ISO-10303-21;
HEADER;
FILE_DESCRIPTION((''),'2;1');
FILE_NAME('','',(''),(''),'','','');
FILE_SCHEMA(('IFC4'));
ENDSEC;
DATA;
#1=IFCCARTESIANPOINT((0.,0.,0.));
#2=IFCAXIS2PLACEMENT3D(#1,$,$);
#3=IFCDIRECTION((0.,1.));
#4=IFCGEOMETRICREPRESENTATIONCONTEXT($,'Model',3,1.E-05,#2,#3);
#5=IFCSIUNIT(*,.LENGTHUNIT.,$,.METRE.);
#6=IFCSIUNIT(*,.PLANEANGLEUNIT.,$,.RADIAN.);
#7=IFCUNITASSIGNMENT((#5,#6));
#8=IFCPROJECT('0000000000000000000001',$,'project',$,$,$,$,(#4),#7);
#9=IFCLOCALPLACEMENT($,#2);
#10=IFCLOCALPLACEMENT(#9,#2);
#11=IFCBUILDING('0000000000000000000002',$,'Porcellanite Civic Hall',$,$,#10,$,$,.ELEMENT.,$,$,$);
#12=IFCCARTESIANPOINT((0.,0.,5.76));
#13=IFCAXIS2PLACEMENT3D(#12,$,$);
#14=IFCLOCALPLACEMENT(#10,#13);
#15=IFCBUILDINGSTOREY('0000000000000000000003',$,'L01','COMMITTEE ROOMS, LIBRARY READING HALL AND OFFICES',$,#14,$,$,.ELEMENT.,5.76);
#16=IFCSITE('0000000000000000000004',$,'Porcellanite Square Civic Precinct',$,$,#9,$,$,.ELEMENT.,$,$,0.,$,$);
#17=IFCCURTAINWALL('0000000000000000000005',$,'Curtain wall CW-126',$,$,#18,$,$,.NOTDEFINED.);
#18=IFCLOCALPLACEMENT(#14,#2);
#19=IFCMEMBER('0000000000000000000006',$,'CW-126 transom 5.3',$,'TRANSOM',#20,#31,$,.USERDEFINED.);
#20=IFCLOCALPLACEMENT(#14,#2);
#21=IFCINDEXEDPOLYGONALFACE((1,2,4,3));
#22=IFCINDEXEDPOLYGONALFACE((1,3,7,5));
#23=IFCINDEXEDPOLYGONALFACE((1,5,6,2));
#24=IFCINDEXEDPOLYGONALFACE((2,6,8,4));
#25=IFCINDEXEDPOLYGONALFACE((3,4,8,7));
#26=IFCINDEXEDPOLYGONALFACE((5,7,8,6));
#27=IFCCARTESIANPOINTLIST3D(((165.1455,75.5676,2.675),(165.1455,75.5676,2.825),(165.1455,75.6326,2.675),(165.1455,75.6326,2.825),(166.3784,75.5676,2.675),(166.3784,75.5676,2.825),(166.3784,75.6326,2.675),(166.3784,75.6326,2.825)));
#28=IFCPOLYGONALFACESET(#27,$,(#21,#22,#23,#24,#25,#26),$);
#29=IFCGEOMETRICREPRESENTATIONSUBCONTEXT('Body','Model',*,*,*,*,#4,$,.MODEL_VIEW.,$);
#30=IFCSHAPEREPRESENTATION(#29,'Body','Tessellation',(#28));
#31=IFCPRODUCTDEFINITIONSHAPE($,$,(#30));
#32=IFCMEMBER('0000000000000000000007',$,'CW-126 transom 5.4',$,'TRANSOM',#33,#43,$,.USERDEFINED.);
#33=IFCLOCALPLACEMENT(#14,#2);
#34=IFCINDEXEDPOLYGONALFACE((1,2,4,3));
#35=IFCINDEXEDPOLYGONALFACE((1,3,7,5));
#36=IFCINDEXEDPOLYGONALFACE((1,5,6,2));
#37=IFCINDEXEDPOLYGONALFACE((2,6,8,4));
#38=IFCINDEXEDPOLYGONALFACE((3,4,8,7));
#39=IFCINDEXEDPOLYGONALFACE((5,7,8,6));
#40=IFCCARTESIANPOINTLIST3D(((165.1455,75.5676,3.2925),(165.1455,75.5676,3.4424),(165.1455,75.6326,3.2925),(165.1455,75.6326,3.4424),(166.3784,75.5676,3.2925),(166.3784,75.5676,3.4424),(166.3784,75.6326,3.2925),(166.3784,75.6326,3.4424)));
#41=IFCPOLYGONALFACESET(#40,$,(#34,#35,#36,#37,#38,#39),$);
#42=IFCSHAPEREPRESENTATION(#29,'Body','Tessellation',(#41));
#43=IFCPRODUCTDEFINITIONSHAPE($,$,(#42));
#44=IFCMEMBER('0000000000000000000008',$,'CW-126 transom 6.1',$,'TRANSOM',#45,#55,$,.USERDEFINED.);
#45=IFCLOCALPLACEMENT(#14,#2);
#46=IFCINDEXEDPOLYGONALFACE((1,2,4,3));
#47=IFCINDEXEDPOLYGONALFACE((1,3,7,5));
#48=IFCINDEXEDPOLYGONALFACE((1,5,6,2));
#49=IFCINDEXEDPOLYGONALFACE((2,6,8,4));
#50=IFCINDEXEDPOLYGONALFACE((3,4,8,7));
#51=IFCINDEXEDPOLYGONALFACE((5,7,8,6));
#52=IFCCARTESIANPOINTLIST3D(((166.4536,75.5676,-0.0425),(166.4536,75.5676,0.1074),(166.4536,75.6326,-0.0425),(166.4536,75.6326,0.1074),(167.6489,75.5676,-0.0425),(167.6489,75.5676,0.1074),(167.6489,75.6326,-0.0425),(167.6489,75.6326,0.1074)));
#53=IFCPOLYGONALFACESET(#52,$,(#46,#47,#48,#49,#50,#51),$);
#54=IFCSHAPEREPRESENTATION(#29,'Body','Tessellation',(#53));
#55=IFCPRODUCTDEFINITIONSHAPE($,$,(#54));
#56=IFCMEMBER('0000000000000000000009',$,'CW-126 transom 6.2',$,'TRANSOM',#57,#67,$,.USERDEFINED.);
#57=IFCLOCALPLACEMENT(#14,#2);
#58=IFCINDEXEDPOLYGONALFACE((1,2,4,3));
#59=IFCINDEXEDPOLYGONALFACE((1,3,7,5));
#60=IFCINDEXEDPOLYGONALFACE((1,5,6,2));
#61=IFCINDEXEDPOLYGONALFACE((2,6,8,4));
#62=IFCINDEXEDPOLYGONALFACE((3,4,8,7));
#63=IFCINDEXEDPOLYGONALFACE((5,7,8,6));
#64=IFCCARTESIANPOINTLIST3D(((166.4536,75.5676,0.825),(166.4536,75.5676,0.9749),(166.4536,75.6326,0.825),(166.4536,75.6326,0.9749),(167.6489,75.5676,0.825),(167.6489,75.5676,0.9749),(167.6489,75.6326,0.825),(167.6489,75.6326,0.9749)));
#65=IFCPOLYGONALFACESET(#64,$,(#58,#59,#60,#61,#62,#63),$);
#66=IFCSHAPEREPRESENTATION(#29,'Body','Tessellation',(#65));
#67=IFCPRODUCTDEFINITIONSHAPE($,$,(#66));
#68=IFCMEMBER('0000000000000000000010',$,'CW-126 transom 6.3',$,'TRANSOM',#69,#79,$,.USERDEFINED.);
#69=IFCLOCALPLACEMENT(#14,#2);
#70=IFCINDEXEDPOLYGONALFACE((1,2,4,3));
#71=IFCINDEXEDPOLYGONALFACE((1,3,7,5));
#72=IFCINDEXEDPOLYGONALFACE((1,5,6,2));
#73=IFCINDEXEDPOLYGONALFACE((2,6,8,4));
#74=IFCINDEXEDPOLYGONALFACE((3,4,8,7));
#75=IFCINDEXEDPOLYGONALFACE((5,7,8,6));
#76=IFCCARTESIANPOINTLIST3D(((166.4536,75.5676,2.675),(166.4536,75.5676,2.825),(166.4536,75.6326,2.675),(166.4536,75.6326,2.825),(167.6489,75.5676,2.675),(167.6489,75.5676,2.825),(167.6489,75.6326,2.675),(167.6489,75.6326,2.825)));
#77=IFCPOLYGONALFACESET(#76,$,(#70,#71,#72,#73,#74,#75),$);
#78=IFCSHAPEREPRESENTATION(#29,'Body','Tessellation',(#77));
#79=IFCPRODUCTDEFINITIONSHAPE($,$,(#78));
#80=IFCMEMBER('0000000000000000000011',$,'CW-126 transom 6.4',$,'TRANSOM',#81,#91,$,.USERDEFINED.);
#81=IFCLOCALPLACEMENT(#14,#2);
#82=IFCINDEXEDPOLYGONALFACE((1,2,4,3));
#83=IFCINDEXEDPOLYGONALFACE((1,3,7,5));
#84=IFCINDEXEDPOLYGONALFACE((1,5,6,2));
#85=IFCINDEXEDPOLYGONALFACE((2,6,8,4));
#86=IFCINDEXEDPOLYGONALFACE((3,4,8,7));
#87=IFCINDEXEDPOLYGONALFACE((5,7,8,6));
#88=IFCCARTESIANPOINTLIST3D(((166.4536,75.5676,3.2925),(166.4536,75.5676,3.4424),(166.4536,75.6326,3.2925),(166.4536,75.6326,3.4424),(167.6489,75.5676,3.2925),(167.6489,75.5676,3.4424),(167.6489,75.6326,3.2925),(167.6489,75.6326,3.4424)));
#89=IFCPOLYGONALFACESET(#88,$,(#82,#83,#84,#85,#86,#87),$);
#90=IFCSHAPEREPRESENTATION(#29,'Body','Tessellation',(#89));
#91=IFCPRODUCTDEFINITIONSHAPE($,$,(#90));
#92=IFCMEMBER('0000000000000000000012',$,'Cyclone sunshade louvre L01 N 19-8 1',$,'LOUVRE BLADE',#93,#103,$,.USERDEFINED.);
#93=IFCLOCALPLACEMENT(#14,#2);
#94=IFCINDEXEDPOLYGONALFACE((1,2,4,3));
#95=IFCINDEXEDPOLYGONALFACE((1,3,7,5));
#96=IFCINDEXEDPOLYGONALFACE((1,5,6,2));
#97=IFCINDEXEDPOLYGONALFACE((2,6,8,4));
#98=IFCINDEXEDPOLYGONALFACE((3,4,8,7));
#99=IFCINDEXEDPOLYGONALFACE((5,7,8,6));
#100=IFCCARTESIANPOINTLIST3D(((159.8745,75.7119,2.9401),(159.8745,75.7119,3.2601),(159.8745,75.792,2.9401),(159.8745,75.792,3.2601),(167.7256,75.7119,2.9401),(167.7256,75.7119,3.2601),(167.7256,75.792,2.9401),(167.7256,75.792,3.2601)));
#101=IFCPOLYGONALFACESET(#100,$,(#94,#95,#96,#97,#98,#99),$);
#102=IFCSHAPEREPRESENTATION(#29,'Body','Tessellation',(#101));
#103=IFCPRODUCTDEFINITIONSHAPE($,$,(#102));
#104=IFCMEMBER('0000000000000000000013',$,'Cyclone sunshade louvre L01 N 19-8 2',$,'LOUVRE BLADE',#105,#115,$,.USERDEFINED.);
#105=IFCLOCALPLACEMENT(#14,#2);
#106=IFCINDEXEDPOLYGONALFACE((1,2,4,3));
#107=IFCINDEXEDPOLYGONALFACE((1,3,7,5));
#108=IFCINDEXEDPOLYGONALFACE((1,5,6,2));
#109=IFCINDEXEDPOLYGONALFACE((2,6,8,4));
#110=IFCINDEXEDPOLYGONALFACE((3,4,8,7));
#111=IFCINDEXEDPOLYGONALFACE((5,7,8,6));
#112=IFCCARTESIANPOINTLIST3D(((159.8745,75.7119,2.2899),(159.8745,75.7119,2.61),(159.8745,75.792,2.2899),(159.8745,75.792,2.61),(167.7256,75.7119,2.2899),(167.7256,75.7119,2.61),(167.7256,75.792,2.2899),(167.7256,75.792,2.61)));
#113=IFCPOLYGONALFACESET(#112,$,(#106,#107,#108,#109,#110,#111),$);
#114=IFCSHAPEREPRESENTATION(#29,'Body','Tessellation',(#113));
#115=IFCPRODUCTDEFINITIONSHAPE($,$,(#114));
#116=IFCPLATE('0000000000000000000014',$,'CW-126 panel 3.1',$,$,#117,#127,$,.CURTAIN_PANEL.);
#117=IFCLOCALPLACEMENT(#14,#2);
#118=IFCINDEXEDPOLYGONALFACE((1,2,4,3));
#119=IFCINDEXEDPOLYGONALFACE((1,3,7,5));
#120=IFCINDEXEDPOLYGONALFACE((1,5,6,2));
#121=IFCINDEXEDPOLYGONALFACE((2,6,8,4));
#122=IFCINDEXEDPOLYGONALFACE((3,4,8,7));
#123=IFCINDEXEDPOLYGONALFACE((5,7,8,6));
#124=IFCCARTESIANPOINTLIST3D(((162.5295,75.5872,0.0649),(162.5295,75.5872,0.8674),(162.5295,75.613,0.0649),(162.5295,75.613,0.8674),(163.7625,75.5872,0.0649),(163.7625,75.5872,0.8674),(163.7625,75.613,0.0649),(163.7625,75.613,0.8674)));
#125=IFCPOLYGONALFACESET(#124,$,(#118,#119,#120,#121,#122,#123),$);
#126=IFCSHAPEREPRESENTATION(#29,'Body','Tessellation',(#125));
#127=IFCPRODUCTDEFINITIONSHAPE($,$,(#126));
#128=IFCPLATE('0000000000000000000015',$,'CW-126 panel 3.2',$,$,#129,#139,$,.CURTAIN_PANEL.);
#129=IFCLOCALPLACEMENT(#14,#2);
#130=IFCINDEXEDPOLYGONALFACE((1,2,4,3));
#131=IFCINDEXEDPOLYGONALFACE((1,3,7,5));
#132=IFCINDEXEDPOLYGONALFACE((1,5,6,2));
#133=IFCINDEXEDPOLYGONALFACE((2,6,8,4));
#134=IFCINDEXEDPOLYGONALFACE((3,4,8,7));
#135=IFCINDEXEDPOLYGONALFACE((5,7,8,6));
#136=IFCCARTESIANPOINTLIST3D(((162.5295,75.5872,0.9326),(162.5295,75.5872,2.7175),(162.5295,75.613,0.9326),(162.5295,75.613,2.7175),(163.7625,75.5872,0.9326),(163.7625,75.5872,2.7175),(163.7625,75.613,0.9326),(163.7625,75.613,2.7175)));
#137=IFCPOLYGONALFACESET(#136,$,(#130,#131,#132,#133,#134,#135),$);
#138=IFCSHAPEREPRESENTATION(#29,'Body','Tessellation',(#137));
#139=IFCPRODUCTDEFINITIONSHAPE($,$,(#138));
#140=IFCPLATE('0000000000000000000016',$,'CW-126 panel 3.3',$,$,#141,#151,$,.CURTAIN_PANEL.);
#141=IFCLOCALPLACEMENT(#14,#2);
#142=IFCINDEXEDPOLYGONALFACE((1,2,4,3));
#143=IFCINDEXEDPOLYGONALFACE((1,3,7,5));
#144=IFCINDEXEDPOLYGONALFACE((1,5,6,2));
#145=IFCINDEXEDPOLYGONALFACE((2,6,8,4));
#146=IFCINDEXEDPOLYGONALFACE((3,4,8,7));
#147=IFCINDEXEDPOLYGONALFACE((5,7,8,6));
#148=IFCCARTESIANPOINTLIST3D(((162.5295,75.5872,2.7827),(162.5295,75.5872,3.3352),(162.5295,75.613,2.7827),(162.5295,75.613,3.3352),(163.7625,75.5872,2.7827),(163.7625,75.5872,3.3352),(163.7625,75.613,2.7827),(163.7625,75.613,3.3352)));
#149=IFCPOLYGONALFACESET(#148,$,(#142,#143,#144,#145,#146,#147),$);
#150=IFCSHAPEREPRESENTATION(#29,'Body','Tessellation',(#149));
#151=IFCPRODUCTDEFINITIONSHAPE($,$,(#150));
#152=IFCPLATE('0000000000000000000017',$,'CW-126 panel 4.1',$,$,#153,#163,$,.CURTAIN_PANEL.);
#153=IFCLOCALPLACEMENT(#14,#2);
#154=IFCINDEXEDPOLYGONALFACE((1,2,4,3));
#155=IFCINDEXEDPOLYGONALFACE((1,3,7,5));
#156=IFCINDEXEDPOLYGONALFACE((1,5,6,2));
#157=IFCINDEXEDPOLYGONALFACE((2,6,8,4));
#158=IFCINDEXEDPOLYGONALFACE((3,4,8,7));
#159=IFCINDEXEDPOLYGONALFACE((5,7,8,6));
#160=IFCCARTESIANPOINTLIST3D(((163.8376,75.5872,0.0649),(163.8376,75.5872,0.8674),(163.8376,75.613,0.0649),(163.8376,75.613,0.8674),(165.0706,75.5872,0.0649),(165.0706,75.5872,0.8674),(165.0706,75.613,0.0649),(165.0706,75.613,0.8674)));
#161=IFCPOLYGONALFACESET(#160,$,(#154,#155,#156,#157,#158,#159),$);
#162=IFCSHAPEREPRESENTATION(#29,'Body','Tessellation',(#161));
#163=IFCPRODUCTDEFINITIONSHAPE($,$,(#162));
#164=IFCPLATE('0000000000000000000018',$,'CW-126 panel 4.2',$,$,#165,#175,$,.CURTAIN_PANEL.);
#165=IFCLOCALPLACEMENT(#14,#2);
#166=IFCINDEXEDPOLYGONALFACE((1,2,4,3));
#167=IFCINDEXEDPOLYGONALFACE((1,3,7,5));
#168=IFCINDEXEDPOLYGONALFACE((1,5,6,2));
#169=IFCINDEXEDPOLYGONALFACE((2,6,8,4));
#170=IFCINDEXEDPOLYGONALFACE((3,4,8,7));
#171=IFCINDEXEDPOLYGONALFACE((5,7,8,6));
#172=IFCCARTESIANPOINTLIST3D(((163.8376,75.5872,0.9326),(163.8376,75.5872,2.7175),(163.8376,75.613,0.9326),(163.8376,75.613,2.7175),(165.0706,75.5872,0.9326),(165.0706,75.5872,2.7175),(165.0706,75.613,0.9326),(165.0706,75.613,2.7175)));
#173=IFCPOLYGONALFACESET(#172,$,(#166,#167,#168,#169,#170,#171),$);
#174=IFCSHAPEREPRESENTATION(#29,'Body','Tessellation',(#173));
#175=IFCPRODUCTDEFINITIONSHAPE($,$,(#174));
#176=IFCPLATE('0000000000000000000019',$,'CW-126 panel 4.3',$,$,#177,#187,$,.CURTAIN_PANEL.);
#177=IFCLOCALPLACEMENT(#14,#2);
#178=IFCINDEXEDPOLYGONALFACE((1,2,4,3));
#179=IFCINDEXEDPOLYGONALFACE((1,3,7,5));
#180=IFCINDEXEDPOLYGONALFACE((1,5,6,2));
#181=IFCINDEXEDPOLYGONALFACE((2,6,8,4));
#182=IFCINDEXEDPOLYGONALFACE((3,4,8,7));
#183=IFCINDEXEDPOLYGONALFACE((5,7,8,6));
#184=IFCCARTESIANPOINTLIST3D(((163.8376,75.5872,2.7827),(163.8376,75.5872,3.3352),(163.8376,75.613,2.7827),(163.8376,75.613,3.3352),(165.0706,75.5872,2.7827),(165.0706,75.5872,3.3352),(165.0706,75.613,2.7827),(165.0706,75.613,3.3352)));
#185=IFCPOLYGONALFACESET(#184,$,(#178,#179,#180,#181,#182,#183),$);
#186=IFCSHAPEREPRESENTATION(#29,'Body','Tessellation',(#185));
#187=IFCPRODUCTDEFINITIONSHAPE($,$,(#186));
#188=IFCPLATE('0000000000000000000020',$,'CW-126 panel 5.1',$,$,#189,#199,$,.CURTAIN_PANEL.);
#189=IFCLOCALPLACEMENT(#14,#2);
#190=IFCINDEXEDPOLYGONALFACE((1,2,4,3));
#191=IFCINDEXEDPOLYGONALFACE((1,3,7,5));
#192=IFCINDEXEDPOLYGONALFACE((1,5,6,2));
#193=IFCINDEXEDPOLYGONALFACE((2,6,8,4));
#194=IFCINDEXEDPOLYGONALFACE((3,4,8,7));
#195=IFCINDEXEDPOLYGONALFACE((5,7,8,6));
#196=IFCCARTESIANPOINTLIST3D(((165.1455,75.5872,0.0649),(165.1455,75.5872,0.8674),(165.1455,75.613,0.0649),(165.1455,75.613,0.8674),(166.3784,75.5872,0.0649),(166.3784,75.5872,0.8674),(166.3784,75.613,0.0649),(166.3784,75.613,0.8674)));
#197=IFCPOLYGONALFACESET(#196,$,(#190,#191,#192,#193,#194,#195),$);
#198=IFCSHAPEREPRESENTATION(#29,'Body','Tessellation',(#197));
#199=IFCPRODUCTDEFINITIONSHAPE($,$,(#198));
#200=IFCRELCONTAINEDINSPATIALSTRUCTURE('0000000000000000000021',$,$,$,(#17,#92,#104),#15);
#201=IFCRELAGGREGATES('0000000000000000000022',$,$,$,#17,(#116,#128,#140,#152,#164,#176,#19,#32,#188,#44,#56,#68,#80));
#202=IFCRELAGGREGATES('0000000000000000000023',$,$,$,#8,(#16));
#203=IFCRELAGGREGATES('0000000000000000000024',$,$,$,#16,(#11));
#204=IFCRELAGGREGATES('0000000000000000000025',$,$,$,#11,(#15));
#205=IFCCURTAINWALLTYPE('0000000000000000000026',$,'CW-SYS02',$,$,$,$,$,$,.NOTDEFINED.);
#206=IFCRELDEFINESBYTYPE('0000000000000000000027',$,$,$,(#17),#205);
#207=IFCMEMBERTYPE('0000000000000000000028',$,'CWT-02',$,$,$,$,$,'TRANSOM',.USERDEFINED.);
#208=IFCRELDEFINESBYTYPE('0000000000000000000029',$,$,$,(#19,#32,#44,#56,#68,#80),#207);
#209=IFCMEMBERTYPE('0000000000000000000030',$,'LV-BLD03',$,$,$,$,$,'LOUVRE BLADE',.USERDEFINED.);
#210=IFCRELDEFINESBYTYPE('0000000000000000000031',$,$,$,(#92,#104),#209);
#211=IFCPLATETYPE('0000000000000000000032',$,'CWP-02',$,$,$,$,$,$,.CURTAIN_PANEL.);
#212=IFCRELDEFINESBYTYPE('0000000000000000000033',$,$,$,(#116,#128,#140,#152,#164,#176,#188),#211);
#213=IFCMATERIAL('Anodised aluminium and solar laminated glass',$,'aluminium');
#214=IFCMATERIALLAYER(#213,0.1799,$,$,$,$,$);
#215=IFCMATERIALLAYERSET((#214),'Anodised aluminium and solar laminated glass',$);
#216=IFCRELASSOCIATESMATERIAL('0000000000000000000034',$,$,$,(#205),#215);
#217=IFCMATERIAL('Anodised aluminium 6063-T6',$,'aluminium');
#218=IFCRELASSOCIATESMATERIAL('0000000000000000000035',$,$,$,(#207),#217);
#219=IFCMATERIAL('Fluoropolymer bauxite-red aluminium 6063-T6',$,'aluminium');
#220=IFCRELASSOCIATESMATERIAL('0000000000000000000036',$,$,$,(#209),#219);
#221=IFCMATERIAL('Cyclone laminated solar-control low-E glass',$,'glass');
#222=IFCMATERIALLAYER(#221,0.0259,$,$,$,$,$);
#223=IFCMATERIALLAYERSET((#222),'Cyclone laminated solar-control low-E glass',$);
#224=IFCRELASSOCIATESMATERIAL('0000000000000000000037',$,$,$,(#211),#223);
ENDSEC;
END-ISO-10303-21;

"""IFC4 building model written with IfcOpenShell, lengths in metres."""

from ifc_helpers import new_model, si_unit, direction, frame, origin, origin_2d, place, context, subcontext, project, spatial, rectangle, extrude, material, layer, layer_set, material_profile, profile_set, type_object, element, aggregate, save


model = new_model("IFC4")

# Units and contexts
model_context = context("Model", 3, precision=1e-05, world=origin(), true_north=direction((0.0, 1.0)))
body_context = subcontext(model_context, "Body", "Model", "MODEL_VIEW")
ifc_project = project(units=[si_unit("LENGTHUNIT", "METRE"), si_unit("PLANEANGLEUNIT", "RADIAN")], contexts=[model_context])

# Site, building, storey
site_placement = place(None, origin())
site = spatial("IfcSite", under=ifc_project, at=site_placement, Name="Porcellanite Square Civic Precinct", CompositionType="ELEMENT", RefElevation=0.0)
building_placement = place(site_placement, origin())
building = spatial("IfcBuilding", under=site, at=building_placement, Name="Porcellanite Civic Hall", CompositionType="ELEMENT")
storey_placement = place(building_placement, frame((0.0, 0.0, 5.76)))
storey = spatial("IfcBuildingStorey", under=building, at=storey_placement, Name="L01", Description="COMMITTEE ROOMS, LIBRARY READING HALL AND OFFICES", CompositionType="ELEMENT", Elevation=5.76)

# Curtain wall, members
ifc_material_1 = material(Name="Anodised aluminium and solar laminated glass", Category="aluminium")
ifc_layer_1 = layer(ifc_material_1, 0.1799)
ifc_layer_set_1 = layer_set([ifc_layer_1], Name="Anodised aluminium and solar laminated glass")
curtain_wall_type = type_object("IfcCurtainWallType", Name="CW-SYS02", PredefinedType="NOTDEFINED", material=ifc_layer_set_1)
curtain_wall_placement = place(storey_placement, origin())
curtain_wall = element("IfcCurtainWall", 1, at=curtain_wall_placement, inside=storey, type_object=curtain_wall_type, Name="Curtain wall CW-126", PredefinedType="NOTDEFINED")
ifc_material_2 = material(Name="Anodised aluminium 6063-T6", Category="aluminium")
ifc_material_profile_1 = material_profile(ifc_material_2, rectangle(XDim=0.0649, YDim=0.1499, at=origin_2d()), Name="AL-65x150")
ifc_profile_set_1 = profile_set([ifc_material_profile_1], Name="Anodised aluminium 6063-T6")
member_type_1 = type_object("IfcMemberType", Name="CWT-02", ElementType="TRANSOM", PredefinedType="USERDEFINED", material=ifc_profile_set_1)
member_1_placement = place(storey_placement, frame((165.1455, 75.6001, 2.75), z_axis=(1.0, 0.0, 0.0), x_axis=(0.0, 1.0, 0.0)))
member_1 = element("IfcMember", 2, at=member_1_placement, type_object=member_type_1, Name="CW-126 transom 5.3", ObjectType="TRANSOM", PredefinedType="USERDEFINED", context=body_context, shape_type="SweptSolid", body=[
    extrude(rectangle(XDim=0.0649, YDim=0.1499, at=origin_2d()), origin(), (0.0, 0.0, 1.0), 1.2329),
])
member_2_placement = place(storey_placement, frame((165.1455, 75.6001, 3.3674), z_axis=(1.0, 0.0, 0.0), x_axis=(0.0, 1.0, 0.0)))
member_2 = element("IfcMember", 3, at=member_2_placement, type_object=member_type_1, Name="CW-126 transom 5.4", ObjectType="TRANSOM", PredefinedType="USERDEFINED", context=body_context, shape_type="SweptSolid", body=[
    extrude(rectangle(XDim=0.0649, YDim=0.1499, at=origin_2d()), origin(), (0.0, 0.0, 1.0), 1.2329),
])
member_3_placement = place(storey_placement, frame((166.4536, 75.6001, 0.0325), z_axis=(1.0, 0.0, 0.0), x_axis=(0.0, 1.0, 0.0)))
member_3 = element("IfcMember", 4, at=member_3_placement, type_object=member_type_1, Name="CW-126 transom 6.1", ObjectType="TRANSOM", PredefinedType="USERDEFINED", context=body_context, shape_type="SweptSolid", body=[
    extrude(rectangle(XDim=0.0649, YDim=0.1499, at=origin_2d()), origin(), (0.0, 0.0, 1.0), 1.1953),
])
member_4_placement = place(storey_placement, frame((166.4536, 75.6001, 0.8999), z_axis=(1.0, 0.0, 0.0), x_axis=(0.0, 1.0, 0.0)))
member_4 = element("IfcMember", 5, at=member_4_placement, type_object=member_type_1, Name="CW-126 transom 6.2", ObjectType="TRANSOM", PredefinedType="USERDEFINED", context=body_context, shape_type="SweptSolid", body=[
    extrude(rectangle(XDim=0.0649, YDim=0.1499, at=origin_2d()), origin(), (0.0, 0.0, 1.0), 1.1953),
])
member_5_placement = place(storey_placement, frame((166.4536, 75.6001, 2.75), z_axis=(1.0, 0.0, 0.0), x_axis=(0.0, 1.0, 0.0)))
member_5 = element("IfcMember", 6, at=member_5_placement, type_object=member_type_1, Name="CW-126 transom 6.3", ObjectType="TRANSOM", PredefinedType="USERDEFINED", context=body_context, shape_type="SweptSolid", body=[
    extrude(rectangle(XDim=0.0649, YDim=0.1499, at=origin_2d()), origin(), (0.0, 0.0, 1.0), 1.1953),
])
member_6_placement = place(storey_placement, frame((166.4536, 75.6001, 3.3674), z_axis=(1.0, 0.0, 0.0), x_axis=(0.0, 1.0, 0.0)))
member_6 = element("IfcMember", 7, at=member_6_placement, type_object=member_type_1, Name="CW-126 transom 6.4", ObjectType="TRANSOM", PredefinedType="USERDEFINED", context=body_context, shape_type="SweptSolid", body=[
    extrude(rectangle(XDim=0.0649, YDim=0.1499, at=origin_2d()), origin(), (0.0, 0.0, 1.0), 1.1953),
])

# Members
ifc_material_3 = material(Name="Fluoropolymer bauxite-red aluminium 6063-T6", Category="aluminium")
ifc_material_profile_2 = material_profile(ifc_material_3, rectangle(XDim=0.0801, YDim=0.3201, at=origin_2d()), Name="AL-80x320")
ifc_profile_set_2 = profile_set([ifc_material_profile_2], Name="Fluoropolymer bauxite-red aluminium 6063-T6")
member_type_2 = type_object("IfcMemberType", Name="LV-BLD03", ElementType="LOUVRE BLADE", PredefinedType="USERDEFINED", material=ifc_profile_set_2)
for number, where, z_axis, x_axis, name in (
    (8, (159.8745, 75.752, 3.1001), (1.0, 0.0, 0.0), (0.0, 1.0, 0.0), "Cyclone sunshade louvre L01 N 19-8 1"),
    (9, (159.8745, 75.752, 2.45), (1.0, 0.0, 0.0), (0.0, 1.0, 0.0), "Cyclone sunshade louvre L01 N 19-8 2"),
):
    element("IfcMember", number, at=place(storey_placement, frame(where, z_axis=z_axis, x_axis=x_axis)), inside=storey, type_object=member_type_2, Name=name, ObjectType="LOUVRE BLADE", PredefinedType="USERDEFINED", context=body_context, shape_type="SweptSolid", body=[
        extrude(rectangle(XDim=0.0801, YDim=0.3201, at=origin_2d()), origin(), (0.0, 0.0, 1.0), 7.8511),
    ])

# Plates
ifc_material_4 = material(Name="Cyclone laminated solar-control low-E glass", Category="glass")
ifc_layer_2 = layer(ifc_material_4, 0.0259)
ifc_layer_set_2 = layer_set([ifc_layer_2], Name="Cyclone laminated solar-control low-E glass")
plate_type = type_object("IfcPlateType", Name="CWP-02", PredefinedType="CURTAIN_PANEL", material=ifc_layer_set_2)
plate_1_placement = place(storey_placement, frame((163.146, 75.6001, 0.0649), z_axis=(0.0, 0.0, 1.0), x_axis=(1.0, 0.0, 0.0)))
plate_1 = element("IfcPlate", 10, at=plate_1_placement, type_object=plate_type, Name="CW-126 panel 3.1", PredefinedType="CURTAIN_PANEL", context=body_context, shape_type="SweptSolid", body=[
    extrude(rectangle(XDim=1.2329, YDim=0.0259, at=origin_2d()), origin(), (0.0, 0.0, 1.0), 0.8025),
])
plate_2_placement = place(storey_placement, frame((163.146, 75.6001, 0.9326), z_axis=(0.0, 0.0, 1.0), x_axis=(1.0, 0.0, 0.0)))
plate_2 = element("IfcPlate", 11, at=plate_2_placement, type_object=plate_type, Name="CW-126 panel 3.2", PredefinedType="CURTAIN_PANEL", context=body_context, shape_type="SweptSolid", body=[
    extrude(rectangle(XDim=1.2329, YDim=0.0259, at=origin_2d()), origin(), (0.0, 0.0, 1.0), 1.7849),
])
plate_3_placement = place(storey_placement, frame((163.146, 75.6001, 2.7827), z_axis=(0.0, 0.0, 1.0), x_axis=(1.0, 0.0, 0.0)))
plate_3 = element("IfcPlate", 12, at=plate_3_placement, type_object=plate_type, Name="CW-126 panel 3.3", PredefinedType="CURTAIN_PANEL", context=body_context, shape_type="SweptSolid", body=[
    extrude(rectangle(XDim=1.2329, YDim=0.0259, at=origin_2d()), origin(), (0.0, 0.0, 1.0), 0.5525),
])
plate_4_placement = place(storey_placement, frame((164.4541, 75.6001, 0.0649), z_axis=(0.0, 0.0, 1.0), x_axis=(1.0, 0.0, 0.0)))
plate_4 = element("IfcPlate", 13, at=plate_4_placement, type_object=plate_type, Name="CW-126 panel 4.1", PredefinedType="CURTAIN_PANEL", context=body_context, shape_type="SweptSolid", body=[
    extrude(rectangle(XDim=1.2329, YDim=0.0259, at=origin_2d()), origin(), (0.0, 0.0, 1.0), 0.8025),
])
plate_5_placement = place(storey_placement, frame((164.4541, 75.6001, 0.9326), z_axis=(0.0, 0.0, 1.0), x_axis=(1.0, 0.0, 0.0)))
plate_5 = element("IfcPlate", 14, at=plate_5_placement, type_object=plate_type, Name="CW-126 panel 4.2", PredefinedType="CURTAIN_PANEL", context=body_context, shape_type="SweptSolid", body=[
    extrude(rectangle(XDim=1.2329, YDim=0.0259, at=origin_2d()), origin(), (0.0, 0.0, 1.0), 1.7849),
])
plate_6_placement = place(storey_placement, frame((164.4541, 75.6001, 2.7827), z_axis=(0.0, 0.0, 1.0), x_axis=(1.0, 0.0, 0.0)))
plate_6 = element("IfcPlate", 15, at=plate_6_placement, type_object=plate_type, Name="CW-126 panel 4.3", PredefinedType="CURTAIN_PANEL", context=body_context, shape_type="SweptSolid", body=[
    extrude(rectangle(XDim=1.2329, YDim=0.0259, at=origin_2d()), origin(), (0.0, 0.0, 1.0), 0.5525),
])
plate_7_placement = place(storey_placement, frame((165.762, 75.6001, 0.0649), z_axis=(0.0, 0.0, 1.0), x_axis=(1.0, 0.0, 0.0)))
plate_7 = element("IfcPlate", 16, at=plate_7_placement, type_object=plate_type, Name="CW-126 panel 5.1", PredefinedType="CURTAIN_PANEL", context=body_context, shape_type="SweptSolid", body=[
    extrude(rectangle(XDim=1.2329, YDim=0.0259, at=origin_2d()), origin(), (0.0, 0.0, 1.0), 0.8025),
])
aggregate(curtain_wall, [plate_1, plate_2, plate_3, plate_4, plate_5, plate_6, member_1, member_2, plate_7, member_3, member_4, member_5, member_6])

save(model, "model.ifc")
